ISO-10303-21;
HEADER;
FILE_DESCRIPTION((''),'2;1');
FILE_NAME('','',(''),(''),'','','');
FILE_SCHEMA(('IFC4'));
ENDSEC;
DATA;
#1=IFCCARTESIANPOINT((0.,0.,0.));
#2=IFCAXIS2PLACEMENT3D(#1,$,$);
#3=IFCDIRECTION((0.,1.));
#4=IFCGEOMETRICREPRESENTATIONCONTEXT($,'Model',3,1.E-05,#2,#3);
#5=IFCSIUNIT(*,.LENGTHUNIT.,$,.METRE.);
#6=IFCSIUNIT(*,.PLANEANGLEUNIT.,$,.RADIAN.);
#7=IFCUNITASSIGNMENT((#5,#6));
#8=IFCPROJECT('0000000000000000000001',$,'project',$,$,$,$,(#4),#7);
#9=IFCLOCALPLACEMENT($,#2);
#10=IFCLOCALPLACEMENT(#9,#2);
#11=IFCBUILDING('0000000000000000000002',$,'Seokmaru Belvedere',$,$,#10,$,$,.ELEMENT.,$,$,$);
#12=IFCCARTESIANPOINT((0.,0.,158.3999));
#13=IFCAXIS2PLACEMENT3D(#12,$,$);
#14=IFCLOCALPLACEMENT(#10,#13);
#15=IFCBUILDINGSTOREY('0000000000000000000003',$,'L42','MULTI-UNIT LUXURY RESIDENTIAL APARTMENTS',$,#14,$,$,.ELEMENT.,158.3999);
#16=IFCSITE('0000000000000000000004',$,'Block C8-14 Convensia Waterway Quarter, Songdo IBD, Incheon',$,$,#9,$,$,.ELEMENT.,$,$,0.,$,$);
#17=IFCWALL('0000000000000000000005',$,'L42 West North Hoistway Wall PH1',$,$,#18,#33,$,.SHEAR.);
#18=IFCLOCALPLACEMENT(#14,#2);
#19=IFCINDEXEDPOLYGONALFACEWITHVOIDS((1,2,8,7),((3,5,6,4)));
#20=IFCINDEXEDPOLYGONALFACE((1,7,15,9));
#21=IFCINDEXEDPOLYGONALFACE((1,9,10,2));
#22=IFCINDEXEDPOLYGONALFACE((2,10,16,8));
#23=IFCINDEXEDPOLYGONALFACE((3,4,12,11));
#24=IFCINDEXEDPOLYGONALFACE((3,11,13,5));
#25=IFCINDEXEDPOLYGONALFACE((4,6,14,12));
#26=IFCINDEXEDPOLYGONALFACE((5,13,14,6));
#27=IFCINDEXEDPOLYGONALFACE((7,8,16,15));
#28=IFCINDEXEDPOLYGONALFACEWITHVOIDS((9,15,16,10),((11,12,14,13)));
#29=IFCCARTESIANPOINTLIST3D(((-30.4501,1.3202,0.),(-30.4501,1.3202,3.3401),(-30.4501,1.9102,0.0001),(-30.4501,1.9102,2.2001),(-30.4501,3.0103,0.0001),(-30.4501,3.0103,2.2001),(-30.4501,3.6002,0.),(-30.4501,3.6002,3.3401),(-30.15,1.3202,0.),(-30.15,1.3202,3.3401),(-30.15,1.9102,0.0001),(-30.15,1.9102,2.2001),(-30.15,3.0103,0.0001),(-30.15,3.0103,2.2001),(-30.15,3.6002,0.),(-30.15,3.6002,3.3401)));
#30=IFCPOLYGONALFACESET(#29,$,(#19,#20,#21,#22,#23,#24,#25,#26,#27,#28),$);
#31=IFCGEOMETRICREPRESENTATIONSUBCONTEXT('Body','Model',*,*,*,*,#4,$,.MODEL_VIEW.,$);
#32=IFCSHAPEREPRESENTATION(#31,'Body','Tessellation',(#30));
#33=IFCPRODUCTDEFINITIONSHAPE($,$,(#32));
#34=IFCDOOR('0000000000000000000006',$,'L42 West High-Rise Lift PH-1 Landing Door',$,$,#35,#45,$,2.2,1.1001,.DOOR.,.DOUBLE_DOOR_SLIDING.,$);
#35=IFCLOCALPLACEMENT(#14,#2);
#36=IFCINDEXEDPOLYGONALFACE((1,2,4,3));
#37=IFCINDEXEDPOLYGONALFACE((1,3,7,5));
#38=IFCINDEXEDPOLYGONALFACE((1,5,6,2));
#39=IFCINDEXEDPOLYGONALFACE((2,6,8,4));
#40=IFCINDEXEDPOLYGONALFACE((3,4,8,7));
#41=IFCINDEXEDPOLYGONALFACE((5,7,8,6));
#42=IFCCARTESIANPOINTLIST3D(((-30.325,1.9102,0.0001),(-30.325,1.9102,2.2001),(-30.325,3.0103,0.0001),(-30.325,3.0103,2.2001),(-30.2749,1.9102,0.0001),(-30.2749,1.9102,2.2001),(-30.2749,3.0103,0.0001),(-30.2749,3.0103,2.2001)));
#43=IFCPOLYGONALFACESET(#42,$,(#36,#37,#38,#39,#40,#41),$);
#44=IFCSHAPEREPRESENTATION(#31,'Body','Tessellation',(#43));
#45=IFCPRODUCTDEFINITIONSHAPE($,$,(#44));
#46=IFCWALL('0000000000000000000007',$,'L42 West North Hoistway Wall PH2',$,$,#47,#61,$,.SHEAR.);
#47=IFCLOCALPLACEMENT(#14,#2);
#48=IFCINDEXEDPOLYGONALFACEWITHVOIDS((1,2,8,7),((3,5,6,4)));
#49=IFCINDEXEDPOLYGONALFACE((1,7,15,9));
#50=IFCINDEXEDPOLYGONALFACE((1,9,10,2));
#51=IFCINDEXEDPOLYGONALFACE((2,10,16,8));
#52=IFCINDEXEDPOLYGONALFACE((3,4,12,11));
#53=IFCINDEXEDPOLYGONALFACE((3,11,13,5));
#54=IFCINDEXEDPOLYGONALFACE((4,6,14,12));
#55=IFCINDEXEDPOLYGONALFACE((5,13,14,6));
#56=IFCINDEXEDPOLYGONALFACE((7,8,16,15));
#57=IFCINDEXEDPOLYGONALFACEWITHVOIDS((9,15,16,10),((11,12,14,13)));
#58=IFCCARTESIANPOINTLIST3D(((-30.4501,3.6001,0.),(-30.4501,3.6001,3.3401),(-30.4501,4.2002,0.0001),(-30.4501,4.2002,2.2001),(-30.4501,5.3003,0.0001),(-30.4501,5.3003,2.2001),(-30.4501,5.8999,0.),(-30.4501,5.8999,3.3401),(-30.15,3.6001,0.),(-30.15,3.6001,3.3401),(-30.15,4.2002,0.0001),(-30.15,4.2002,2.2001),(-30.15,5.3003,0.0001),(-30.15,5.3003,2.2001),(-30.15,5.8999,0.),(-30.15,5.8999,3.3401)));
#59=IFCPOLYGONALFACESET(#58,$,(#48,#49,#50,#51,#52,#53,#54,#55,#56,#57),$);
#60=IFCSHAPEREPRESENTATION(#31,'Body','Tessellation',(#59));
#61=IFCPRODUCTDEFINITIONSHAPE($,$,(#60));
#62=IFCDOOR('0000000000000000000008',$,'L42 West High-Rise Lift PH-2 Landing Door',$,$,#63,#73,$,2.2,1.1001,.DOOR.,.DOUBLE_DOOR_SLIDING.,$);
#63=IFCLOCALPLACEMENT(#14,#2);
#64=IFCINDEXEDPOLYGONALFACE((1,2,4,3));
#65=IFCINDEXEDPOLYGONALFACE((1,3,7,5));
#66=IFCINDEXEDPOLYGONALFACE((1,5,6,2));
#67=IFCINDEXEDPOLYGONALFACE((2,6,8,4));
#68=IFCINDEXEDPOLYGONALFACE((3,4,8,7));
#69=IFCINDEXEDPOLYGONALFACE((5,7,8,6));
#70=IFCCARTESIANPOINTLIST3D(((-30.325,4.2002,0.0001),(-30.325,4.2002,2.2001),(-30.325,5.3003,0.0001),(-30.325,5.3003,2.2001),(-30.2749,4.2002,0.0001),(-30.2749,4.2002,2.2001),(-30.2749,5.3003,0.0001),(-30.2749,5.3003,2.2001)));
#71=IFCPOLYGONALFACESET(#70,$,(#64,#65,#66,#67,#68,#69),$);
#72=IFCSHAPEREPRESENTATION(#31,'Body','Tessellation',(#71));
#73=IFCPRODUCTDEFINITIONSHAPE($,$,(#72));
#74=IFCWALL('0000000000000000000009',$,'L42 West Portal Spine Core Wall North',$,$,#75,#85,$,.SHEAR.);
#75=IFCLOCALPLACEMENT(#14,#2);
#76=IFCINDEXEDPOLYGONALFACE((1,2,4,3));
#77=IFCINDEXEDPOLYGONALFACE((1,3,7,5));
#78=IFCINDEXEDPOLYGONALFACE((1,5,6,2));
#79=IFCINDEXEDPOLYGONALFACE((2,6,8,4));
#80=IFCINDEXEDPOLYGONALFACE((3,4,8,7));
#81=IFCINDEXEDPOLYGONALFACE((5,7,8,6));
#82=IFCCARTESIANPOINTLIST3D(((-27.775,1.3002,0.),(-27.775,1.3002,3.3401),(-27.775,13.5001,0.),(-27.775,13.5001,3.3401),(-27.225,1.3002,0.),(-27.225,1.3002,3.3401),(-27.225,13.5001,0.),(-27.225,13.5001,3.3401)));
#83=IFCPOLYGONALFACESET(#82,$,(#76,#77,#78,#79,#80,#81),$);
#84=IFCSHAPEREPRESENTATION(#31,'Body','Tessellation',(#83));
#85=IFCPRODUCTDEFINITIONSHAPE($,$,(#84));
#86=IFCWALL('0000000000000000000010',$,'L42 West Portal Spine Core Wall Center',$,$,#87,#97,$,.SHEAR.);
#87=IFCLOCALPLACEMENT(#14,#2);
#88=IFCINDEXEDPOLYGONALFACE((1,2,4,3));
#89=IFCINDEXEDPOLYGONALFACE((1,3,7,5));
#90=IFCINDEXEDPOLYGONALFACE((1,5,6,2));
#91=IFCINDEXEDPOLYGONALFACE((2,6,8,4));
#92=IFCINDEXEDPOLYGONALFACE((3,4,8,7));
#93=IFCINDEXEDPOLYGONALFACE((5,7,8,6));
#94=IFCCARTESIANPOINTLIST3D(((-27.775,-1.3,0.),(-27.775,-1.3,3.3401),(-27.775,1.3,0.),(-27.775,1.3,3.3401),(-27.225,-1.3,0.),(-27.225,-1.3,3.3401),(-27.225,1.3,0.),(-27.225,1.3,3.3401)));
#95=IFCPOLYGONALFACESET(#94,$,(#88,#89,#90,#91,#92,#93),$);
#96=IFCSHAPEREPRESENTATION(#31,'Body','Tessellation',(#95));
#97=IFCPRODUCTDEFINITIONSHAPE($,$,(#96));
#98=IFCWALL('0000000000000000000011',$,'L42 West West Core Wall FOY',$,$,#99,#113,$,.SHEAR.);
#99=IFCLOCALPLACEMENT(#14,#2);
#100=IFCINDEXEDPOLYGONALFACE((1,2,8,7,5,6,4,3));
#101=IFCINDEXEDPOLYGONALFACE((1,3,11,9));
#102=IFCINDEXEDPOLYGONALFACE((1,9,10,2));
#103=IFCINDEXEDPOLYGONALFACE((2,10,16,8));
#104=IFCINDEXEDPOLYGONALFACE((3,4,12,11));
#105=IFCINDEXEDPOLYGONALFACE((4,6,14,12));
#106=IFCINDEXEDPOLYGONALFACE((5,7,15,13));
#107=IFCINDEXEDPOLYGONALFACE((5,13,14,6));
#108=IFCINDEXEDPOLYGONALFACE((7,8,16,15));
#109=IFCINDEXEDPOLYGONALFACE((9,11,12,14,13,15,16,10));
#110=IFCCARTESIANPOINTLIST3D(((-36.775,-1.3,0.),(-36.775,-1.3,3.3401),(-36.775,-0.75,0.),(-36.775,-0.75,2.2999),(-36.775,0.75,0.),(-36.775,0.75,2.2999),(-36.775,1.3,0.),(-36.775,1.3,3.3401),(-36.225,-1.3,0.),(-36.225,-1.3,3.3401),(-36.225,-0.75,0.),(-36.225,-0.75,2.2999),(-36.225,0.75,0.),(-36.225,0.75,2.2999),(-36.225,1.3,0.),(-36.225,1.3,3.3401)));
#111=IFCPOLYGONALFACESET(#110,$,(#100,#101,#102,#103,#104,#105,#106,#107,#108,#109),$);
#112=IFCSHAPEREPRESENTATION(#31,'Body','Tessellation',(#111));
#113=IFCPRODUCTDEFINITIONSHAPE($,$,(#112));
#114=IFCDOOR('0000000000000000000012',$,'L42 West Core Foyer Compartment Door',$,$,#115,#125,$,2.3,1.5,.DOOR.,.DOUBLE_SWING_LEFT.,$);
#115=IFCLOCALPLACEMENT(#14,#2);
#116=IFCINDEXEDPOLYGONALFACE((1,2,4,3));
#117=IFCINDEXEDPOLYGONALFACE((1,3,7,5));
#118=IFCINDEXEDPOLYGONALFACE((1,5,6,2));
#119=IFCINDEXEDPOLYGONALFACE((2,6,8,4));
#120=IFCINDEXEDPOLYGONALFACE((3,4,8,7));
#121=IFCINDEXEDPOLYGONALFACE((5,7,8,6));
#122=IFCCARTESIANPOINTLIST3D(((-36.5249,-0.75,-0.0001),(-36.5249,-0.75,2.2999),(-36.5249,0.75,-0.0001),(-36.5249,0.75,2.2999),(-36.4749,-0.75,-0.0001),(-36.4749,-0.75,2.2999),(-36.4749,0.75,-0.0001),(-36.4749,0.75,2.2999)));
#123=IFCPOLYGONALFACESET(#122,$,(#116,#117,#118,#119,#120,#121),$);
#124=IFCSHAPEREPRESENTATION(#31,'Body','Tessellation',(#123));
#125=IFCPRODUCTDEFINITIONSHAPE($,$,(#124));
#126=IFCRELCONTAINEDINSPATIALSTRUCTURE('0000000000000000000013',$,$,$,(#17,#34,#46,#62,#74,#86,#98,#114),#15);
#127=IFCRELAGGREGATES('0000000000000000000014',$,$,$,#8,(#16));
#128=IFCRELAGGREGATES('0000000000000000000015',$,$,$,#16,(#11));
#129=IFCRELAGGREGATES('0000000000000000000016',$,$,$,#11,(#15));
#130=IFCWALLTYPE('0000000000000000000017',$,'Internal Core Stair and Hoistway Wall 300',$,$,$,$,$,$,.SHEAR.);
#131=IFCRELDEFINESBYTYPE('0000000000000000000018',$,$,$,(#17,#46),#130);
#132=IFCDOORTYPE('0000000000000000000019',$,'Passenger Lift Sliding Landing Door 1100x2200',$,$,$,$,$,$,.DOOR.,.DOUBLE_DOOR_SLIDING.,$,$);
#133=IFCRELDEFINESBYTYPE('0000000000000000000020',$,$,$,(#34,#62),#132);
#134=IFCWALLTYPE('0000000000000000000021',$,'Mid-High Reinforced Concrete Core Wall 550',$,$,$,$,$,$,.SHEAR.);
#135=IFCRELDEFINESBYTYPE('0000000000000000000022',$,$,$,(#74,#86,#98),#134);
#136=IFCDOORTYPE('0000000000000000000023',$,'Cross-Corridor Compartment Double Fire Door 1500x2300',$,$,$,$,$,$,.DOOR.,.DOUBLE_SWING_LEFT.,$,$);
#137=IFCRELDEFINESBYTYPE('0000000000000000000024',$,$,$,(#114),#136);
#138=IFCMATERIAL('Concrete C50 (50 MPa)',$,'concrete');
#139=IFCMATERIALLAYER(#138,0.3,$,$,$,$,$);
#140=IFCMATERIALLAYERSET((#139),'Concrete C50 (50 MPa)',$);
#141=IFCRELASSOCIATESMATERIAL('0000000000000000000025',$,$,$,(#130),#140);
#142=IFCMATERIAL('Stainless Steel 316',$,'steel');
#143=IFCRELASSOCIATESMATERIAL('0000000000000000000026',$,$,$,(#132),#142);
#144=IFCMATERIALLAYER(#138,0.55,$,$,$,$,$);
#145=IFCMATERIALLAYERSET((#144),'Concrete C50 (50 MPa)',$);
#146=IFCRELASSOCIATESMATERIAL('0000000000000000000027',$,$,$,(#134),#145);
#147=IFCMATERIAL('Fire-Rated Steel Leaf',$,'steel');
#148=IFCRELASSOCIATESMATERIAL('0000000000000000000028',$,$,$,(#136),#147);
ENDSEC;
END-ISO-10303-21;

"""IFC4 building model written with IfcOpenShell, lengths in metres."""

from ifc_helpers import new_model, si_unit, direction, frame, frame_2d, origin, place, context, subcontext, project, spatial, rectangle, extrude, source, transform, mapped, material, layer, layer_set, type_object, type_shapes, element, fill, save


model = new_model("IFC4")

# Units and contexts
model_context = context("Model", 3, precision=1e-05, world=origin(), true_north=direction((0.0, 1.0)))
body_context = subcontext(model_context, "Body", "Model", "MODEL_VIEW")
ifc_project = project(units=[si_unit("LENGTHUNIT", "METRE"), si_unit("PLANEANGLEUNIT", "RADIAN")], contexts=[model_context])

# Site, building, storey
site_placement = place(None, origin())
site = spatial("IfcSite", under=ifc_project, at=site_placement, Name="Block C8-14 Convensia Waterway Quarter, Songdo IBD, Incheon", CompositionType="ELEMENT", RefElevation=0.0)
building_placement = place(site_placement, origin())
building = spatial("IfcBuilding", under=site, at=building_placement, Name="Seokmaru Belvedere", CompositionType="ELEMENT")
storey_placement = place(building_placement, frame((0.0, 0.0, 158.3999)))
storey = spatial("IfcBuildingStorey", under=building, at=storey_placement, Name="L42", Description="MULTI-UNIT LUXURY RESIDENTIAL APARTMENTS", CompositionType="ELEMENT", Elevation=158.3999)

# Shared definitions
ifc_material_1 = material(Name="Fire-Rated Steel Leaf", Category="steel")

# Shared definitions
ifc_material_2 = material(Name="Concrete C50 (50 MPa)", Category="concrete")

# Walls, openings, doors
ifc_layer_1 = layer(ifc_material_2, 0.3)
ifc_layer_set_1 = layer_set([ifc_layer_1], Name="Concrete C50 (50 MPa)")
wall_type_1 = type_object("IfcWallType", Name="Internal Core Stair and Hoistway Wall 300", PredefinedType="SHEAR", material=ifc_layer_set_1)
wall_1_placement = place(storey_placement, frame((-30.3, 1.3201, 0.0), z_axis=(0.0, 0.0, 1.0), x_axis=(0.0, 1.0, 0.0)))
wall_1 = element("IfcWall", 1, at=wall_1_placement, inside=storey, type_object=wall_type_1, Name="L42 West North Hoistway Wall PH1", PredefinedType="SHEAR", context=body_context, shape_type="SweptSolid", body=[
    extrude(rectangle(XDim=2.28, YDim=0.3, at=frame_2d((1.1401, 0.0))), origin(), (0.0, 0.0, 1.0), 3.3401),
])
opening_1_placement = place(wall_1_placement, frame((0.5901, 0.0, 0.0)))
opening_1 = element("IfcOpeningElement", 2, at=opening_1_placement, cuts=wall_1, PredefinedType="OPENING", context=body_context, shape_type="SweptSolid", body=[
    extrude(rectangle(XDim=1.1001, YDim=2.2, at=frame_2d((0.55, 1.1001))), frame((0.0, 0.1602, 0.0), z_axis=(0.0, -1.0, 0.0), x_axis=(1.0, 0.0, 0.0)), (0.0, 0.0, 1.0), 0.3201),
])
ifc_material_3 = material(Name="Stainless Steel 316", Category="steel")
door_type_1 = type_object("IfcDoorType", Name="Passenger Lift Sliding Landing Door 1100x2200", OperationType="DOUBLE_DOOR_SLIDING", PredefinedType="DOOR", material=ifc_material_3)
shared_shape_1 = source(origin(), body_context, "Body", "SweptSolid", [
    extrude(rectangle(XDim=1.1001, YDim=2.2, at=frame_2d((0.55, 1.1001))), frame((0.0, 0.0249, 0.0), z_axis=(0.0, -1.0, 0.0), x_axis=(1.0, 0.0, 0.0)), (0.0, 0.0, 1.0), 0.05),
])
type_shapes(door_type_1, [shared_shape_1])
door_1_placement = place(opening_1_placement, origin())
door_1 = element("IfcDoor", 3, at=door_1_placement, inside=storey, type_object=door_type_1, Name="L42 West High-Rise Lift PH-1 Landing Door", OperationType="DOUBLE_DOOR_SLIDING", OverallHeight=2.2, OverallWidth=1.1001, PredefinedType="DOOR", context=body_context, shape_type="MappedRepresentation", body=[
    mapped(shared_shape_1, transform((0.0, 0.0, 0.0), scale=1.0)),
])
fill(opening_1, door_1)
wall_2_placement = place(storey_placement, frame((-30.3, 3.6001, 0.0), z_axis=(0.0, 0.0, 1.0), x_axis=(0.0, 1.0, 0.0)))
wall_2 = element("IfcWall", 4, at=wall_2_placement, inside=storey, type_object=wall_type_1, Name="L42 West North Hoistway Wall PH2", PredefinedType="SHEAR", context=body_context, shape_type="SweptSolid", body=[
    extrude(rectangle(XDim=2.2998, YDim=0.3, at=frame_2d((1.1499, 0.0))), origin(), (0.0, 0.0, 1.0), 3.3401),
])
opening_2_placement = place(wall_2_placement, frame((0.6001, 0.0, 0.0)))
opening_2 = element("IfcOpeningElement", 5, at=opening_2_placement, cuts=wall_2, PredefinedType="OPENING", context=body_context, shape_type="SweptSolid", body=[
    extrude(rectangle(XDim=1.1001, YDim=2.2, at=frame_2d((0.55, 1.1001))), frame((0.0, 0.1602, 0.0), z_axis=(0.0, -1.0, 0.0), x_axis=(1.0, 0.0, 0.0)), (0.0, 0.0, 1.0), 0.3201),
])
door_2_placement = place(opening_2_placement, origin())
door_2 = element("IfcDoor", 6, at=door_2_placement, inside=storey, type_object=door_type_1, Name="L42 West High-Rise Lift PH-2 Landing Door", OperationType="DOUBLE_DOOR_SLIDING", OverallHeight=2.2, OverallWidth=1.1001, PredefinedType="DOOR", context=body_context, shape_type="MappedRepresentation", body=[
    mapped(shared_shape_1, transform((0.0, 0.0, 0.0), scale=1.0)),
])
fill(opening_2, door_2)

# Walls
ifc_layer_2 = layer(ifc_material_2, 0.55)
ifc_layer_set_2 = layer_set([ifc_layer_2], Name="Concrete C50 (50 MPa)")
wall_type_2 = type_object("IfcWallType", Name="Mid-High Reinforced Concrete Core Wall 550", PredefinedType="SHEAR", material=ifc_layer_set_2)
wall_3_placement = place(storey_placement, frame((-27.5, 1.3, 0.0), z_axis=(0.0, 0.0, 1.0), x_axis=(0.0, 1.0, 0.0)))
element("IfcWall", 7, at=wall_3_placement, inside=storey, type_object=wall_type_2, Name="L42 West Portal Spine Core Wall North", PredefinedType="SHEAR", context=body_context, shape_type="SweptSolid", body=[
    extrude(rectangle(XDim=12.2, YDim=0.55, at=frame_2d((6.1001, 0.0))), origin(), (0.0, 0.0, 1.0), 3.3401),
])
wall_4_placement = place(storey_placement, frame((-27.5, -1.3, 0.0), z_axis=(0.0, 0.0, 1.0), x_axis=(0.0, 1.0, 0.0)))
element("IfcWall", 8, at=wall_4_placement, inside=storey, type_object=wall_type_2, Name="L42 West Portal Spine Core Wall Center", PredefinedType="SHEAR", context=body_context, shape_type="SweptSolid", body=[
    extrude(rectangle(XDim=2.6001, YDim=0.55, at=frame_2d((1.3, 0.0))), origin(), (0.0, 0.0, 1.0), 3.3401),
])

# Wall, opening, door
wall_5_placement = place(storey_placement, frame((-36.5, -1.3, 0.0), z_axis=(0.0, 0.0, 1.0), x_axis=(0.0, 1.0, 0.0)))
wall_5 = element("IfcWall", 9, at=wall_5_placement, inside=storey, type_object=wall_type_2, Name="L42 West West Core Wall FOY", PredefinedType="SHEAR", context=body_context, shape_type="SweptSolid", body=[
    extrude(rectangle(XDim=2.6001, YDim=0.55, at=frame_2d((1.3, 0.0))), origin(), (0.0, 0.0, 1.0), 3.3401),
])
opening_3_placement = place(wall_5_placement, frame((0.55, 0.0, 0.0)))
opening_3 = element("IfcOpeningElement", 10, at=opening_3_placement, cuts=wall_5, PredefinedType="OPENING", context=body_context, shape_type="SweptSolid", body=[
    extrude(rectangle(XDim=1.5, YDim=2.3, at=frame_2d((0.75, 1.1499))), frame((0.0, 0.2852, 0.0), z_axis=(0.0, -1.0, 0.0), x_axis=(1.0, 0.0, 0.0)), (0.0, 0.0, 1.0), 0.5701),
])
door_type_2 = type_object("IfcDoorType", Name="Cross-Corridor Compartment Double Fire Door 1500x2300", OperationType="DOUBLE_SWING_LEFT", PredefinedType="DOOR", material=ifc_material_1)
shared_shape_2 = source(origin(), body_context, "Body", "SweptSolid", [
    extrude(rectangle(XDim=1.5, YDim=2.3, at=frame_2d((0.75, 1.1499))), frame((0.0, 0.0249, 0.0), z_axis=(0.0, -1.0, 0.0), x_axis=(1.0, 0.0, 0.0)), (0.0, 0.0, 1.0), 0.05),
])
type_shapes(door_type_2, [shared_shape_2])
door_3_placement = place(opening_3_placement, origin())
door_3 = element("IfcDoor", 11, at=door_3_placement, inside=storey, type_object=door_type_2, Name="L42 West Core Foyer Compartment Door", OperationType="DOUBLE_SWING_LEFT", OverallHeight=2.3, OverallWidth=1.5, PredefinedType="DOOR", context=body_context, shape_type="MappedRepresentation", body=[
    mapped(shared_shape_2, transform((0.0, 0.0, 0.0), scale=1.0)),
])
fill(opening_3, door_3)

save(model, "model.ifc")
